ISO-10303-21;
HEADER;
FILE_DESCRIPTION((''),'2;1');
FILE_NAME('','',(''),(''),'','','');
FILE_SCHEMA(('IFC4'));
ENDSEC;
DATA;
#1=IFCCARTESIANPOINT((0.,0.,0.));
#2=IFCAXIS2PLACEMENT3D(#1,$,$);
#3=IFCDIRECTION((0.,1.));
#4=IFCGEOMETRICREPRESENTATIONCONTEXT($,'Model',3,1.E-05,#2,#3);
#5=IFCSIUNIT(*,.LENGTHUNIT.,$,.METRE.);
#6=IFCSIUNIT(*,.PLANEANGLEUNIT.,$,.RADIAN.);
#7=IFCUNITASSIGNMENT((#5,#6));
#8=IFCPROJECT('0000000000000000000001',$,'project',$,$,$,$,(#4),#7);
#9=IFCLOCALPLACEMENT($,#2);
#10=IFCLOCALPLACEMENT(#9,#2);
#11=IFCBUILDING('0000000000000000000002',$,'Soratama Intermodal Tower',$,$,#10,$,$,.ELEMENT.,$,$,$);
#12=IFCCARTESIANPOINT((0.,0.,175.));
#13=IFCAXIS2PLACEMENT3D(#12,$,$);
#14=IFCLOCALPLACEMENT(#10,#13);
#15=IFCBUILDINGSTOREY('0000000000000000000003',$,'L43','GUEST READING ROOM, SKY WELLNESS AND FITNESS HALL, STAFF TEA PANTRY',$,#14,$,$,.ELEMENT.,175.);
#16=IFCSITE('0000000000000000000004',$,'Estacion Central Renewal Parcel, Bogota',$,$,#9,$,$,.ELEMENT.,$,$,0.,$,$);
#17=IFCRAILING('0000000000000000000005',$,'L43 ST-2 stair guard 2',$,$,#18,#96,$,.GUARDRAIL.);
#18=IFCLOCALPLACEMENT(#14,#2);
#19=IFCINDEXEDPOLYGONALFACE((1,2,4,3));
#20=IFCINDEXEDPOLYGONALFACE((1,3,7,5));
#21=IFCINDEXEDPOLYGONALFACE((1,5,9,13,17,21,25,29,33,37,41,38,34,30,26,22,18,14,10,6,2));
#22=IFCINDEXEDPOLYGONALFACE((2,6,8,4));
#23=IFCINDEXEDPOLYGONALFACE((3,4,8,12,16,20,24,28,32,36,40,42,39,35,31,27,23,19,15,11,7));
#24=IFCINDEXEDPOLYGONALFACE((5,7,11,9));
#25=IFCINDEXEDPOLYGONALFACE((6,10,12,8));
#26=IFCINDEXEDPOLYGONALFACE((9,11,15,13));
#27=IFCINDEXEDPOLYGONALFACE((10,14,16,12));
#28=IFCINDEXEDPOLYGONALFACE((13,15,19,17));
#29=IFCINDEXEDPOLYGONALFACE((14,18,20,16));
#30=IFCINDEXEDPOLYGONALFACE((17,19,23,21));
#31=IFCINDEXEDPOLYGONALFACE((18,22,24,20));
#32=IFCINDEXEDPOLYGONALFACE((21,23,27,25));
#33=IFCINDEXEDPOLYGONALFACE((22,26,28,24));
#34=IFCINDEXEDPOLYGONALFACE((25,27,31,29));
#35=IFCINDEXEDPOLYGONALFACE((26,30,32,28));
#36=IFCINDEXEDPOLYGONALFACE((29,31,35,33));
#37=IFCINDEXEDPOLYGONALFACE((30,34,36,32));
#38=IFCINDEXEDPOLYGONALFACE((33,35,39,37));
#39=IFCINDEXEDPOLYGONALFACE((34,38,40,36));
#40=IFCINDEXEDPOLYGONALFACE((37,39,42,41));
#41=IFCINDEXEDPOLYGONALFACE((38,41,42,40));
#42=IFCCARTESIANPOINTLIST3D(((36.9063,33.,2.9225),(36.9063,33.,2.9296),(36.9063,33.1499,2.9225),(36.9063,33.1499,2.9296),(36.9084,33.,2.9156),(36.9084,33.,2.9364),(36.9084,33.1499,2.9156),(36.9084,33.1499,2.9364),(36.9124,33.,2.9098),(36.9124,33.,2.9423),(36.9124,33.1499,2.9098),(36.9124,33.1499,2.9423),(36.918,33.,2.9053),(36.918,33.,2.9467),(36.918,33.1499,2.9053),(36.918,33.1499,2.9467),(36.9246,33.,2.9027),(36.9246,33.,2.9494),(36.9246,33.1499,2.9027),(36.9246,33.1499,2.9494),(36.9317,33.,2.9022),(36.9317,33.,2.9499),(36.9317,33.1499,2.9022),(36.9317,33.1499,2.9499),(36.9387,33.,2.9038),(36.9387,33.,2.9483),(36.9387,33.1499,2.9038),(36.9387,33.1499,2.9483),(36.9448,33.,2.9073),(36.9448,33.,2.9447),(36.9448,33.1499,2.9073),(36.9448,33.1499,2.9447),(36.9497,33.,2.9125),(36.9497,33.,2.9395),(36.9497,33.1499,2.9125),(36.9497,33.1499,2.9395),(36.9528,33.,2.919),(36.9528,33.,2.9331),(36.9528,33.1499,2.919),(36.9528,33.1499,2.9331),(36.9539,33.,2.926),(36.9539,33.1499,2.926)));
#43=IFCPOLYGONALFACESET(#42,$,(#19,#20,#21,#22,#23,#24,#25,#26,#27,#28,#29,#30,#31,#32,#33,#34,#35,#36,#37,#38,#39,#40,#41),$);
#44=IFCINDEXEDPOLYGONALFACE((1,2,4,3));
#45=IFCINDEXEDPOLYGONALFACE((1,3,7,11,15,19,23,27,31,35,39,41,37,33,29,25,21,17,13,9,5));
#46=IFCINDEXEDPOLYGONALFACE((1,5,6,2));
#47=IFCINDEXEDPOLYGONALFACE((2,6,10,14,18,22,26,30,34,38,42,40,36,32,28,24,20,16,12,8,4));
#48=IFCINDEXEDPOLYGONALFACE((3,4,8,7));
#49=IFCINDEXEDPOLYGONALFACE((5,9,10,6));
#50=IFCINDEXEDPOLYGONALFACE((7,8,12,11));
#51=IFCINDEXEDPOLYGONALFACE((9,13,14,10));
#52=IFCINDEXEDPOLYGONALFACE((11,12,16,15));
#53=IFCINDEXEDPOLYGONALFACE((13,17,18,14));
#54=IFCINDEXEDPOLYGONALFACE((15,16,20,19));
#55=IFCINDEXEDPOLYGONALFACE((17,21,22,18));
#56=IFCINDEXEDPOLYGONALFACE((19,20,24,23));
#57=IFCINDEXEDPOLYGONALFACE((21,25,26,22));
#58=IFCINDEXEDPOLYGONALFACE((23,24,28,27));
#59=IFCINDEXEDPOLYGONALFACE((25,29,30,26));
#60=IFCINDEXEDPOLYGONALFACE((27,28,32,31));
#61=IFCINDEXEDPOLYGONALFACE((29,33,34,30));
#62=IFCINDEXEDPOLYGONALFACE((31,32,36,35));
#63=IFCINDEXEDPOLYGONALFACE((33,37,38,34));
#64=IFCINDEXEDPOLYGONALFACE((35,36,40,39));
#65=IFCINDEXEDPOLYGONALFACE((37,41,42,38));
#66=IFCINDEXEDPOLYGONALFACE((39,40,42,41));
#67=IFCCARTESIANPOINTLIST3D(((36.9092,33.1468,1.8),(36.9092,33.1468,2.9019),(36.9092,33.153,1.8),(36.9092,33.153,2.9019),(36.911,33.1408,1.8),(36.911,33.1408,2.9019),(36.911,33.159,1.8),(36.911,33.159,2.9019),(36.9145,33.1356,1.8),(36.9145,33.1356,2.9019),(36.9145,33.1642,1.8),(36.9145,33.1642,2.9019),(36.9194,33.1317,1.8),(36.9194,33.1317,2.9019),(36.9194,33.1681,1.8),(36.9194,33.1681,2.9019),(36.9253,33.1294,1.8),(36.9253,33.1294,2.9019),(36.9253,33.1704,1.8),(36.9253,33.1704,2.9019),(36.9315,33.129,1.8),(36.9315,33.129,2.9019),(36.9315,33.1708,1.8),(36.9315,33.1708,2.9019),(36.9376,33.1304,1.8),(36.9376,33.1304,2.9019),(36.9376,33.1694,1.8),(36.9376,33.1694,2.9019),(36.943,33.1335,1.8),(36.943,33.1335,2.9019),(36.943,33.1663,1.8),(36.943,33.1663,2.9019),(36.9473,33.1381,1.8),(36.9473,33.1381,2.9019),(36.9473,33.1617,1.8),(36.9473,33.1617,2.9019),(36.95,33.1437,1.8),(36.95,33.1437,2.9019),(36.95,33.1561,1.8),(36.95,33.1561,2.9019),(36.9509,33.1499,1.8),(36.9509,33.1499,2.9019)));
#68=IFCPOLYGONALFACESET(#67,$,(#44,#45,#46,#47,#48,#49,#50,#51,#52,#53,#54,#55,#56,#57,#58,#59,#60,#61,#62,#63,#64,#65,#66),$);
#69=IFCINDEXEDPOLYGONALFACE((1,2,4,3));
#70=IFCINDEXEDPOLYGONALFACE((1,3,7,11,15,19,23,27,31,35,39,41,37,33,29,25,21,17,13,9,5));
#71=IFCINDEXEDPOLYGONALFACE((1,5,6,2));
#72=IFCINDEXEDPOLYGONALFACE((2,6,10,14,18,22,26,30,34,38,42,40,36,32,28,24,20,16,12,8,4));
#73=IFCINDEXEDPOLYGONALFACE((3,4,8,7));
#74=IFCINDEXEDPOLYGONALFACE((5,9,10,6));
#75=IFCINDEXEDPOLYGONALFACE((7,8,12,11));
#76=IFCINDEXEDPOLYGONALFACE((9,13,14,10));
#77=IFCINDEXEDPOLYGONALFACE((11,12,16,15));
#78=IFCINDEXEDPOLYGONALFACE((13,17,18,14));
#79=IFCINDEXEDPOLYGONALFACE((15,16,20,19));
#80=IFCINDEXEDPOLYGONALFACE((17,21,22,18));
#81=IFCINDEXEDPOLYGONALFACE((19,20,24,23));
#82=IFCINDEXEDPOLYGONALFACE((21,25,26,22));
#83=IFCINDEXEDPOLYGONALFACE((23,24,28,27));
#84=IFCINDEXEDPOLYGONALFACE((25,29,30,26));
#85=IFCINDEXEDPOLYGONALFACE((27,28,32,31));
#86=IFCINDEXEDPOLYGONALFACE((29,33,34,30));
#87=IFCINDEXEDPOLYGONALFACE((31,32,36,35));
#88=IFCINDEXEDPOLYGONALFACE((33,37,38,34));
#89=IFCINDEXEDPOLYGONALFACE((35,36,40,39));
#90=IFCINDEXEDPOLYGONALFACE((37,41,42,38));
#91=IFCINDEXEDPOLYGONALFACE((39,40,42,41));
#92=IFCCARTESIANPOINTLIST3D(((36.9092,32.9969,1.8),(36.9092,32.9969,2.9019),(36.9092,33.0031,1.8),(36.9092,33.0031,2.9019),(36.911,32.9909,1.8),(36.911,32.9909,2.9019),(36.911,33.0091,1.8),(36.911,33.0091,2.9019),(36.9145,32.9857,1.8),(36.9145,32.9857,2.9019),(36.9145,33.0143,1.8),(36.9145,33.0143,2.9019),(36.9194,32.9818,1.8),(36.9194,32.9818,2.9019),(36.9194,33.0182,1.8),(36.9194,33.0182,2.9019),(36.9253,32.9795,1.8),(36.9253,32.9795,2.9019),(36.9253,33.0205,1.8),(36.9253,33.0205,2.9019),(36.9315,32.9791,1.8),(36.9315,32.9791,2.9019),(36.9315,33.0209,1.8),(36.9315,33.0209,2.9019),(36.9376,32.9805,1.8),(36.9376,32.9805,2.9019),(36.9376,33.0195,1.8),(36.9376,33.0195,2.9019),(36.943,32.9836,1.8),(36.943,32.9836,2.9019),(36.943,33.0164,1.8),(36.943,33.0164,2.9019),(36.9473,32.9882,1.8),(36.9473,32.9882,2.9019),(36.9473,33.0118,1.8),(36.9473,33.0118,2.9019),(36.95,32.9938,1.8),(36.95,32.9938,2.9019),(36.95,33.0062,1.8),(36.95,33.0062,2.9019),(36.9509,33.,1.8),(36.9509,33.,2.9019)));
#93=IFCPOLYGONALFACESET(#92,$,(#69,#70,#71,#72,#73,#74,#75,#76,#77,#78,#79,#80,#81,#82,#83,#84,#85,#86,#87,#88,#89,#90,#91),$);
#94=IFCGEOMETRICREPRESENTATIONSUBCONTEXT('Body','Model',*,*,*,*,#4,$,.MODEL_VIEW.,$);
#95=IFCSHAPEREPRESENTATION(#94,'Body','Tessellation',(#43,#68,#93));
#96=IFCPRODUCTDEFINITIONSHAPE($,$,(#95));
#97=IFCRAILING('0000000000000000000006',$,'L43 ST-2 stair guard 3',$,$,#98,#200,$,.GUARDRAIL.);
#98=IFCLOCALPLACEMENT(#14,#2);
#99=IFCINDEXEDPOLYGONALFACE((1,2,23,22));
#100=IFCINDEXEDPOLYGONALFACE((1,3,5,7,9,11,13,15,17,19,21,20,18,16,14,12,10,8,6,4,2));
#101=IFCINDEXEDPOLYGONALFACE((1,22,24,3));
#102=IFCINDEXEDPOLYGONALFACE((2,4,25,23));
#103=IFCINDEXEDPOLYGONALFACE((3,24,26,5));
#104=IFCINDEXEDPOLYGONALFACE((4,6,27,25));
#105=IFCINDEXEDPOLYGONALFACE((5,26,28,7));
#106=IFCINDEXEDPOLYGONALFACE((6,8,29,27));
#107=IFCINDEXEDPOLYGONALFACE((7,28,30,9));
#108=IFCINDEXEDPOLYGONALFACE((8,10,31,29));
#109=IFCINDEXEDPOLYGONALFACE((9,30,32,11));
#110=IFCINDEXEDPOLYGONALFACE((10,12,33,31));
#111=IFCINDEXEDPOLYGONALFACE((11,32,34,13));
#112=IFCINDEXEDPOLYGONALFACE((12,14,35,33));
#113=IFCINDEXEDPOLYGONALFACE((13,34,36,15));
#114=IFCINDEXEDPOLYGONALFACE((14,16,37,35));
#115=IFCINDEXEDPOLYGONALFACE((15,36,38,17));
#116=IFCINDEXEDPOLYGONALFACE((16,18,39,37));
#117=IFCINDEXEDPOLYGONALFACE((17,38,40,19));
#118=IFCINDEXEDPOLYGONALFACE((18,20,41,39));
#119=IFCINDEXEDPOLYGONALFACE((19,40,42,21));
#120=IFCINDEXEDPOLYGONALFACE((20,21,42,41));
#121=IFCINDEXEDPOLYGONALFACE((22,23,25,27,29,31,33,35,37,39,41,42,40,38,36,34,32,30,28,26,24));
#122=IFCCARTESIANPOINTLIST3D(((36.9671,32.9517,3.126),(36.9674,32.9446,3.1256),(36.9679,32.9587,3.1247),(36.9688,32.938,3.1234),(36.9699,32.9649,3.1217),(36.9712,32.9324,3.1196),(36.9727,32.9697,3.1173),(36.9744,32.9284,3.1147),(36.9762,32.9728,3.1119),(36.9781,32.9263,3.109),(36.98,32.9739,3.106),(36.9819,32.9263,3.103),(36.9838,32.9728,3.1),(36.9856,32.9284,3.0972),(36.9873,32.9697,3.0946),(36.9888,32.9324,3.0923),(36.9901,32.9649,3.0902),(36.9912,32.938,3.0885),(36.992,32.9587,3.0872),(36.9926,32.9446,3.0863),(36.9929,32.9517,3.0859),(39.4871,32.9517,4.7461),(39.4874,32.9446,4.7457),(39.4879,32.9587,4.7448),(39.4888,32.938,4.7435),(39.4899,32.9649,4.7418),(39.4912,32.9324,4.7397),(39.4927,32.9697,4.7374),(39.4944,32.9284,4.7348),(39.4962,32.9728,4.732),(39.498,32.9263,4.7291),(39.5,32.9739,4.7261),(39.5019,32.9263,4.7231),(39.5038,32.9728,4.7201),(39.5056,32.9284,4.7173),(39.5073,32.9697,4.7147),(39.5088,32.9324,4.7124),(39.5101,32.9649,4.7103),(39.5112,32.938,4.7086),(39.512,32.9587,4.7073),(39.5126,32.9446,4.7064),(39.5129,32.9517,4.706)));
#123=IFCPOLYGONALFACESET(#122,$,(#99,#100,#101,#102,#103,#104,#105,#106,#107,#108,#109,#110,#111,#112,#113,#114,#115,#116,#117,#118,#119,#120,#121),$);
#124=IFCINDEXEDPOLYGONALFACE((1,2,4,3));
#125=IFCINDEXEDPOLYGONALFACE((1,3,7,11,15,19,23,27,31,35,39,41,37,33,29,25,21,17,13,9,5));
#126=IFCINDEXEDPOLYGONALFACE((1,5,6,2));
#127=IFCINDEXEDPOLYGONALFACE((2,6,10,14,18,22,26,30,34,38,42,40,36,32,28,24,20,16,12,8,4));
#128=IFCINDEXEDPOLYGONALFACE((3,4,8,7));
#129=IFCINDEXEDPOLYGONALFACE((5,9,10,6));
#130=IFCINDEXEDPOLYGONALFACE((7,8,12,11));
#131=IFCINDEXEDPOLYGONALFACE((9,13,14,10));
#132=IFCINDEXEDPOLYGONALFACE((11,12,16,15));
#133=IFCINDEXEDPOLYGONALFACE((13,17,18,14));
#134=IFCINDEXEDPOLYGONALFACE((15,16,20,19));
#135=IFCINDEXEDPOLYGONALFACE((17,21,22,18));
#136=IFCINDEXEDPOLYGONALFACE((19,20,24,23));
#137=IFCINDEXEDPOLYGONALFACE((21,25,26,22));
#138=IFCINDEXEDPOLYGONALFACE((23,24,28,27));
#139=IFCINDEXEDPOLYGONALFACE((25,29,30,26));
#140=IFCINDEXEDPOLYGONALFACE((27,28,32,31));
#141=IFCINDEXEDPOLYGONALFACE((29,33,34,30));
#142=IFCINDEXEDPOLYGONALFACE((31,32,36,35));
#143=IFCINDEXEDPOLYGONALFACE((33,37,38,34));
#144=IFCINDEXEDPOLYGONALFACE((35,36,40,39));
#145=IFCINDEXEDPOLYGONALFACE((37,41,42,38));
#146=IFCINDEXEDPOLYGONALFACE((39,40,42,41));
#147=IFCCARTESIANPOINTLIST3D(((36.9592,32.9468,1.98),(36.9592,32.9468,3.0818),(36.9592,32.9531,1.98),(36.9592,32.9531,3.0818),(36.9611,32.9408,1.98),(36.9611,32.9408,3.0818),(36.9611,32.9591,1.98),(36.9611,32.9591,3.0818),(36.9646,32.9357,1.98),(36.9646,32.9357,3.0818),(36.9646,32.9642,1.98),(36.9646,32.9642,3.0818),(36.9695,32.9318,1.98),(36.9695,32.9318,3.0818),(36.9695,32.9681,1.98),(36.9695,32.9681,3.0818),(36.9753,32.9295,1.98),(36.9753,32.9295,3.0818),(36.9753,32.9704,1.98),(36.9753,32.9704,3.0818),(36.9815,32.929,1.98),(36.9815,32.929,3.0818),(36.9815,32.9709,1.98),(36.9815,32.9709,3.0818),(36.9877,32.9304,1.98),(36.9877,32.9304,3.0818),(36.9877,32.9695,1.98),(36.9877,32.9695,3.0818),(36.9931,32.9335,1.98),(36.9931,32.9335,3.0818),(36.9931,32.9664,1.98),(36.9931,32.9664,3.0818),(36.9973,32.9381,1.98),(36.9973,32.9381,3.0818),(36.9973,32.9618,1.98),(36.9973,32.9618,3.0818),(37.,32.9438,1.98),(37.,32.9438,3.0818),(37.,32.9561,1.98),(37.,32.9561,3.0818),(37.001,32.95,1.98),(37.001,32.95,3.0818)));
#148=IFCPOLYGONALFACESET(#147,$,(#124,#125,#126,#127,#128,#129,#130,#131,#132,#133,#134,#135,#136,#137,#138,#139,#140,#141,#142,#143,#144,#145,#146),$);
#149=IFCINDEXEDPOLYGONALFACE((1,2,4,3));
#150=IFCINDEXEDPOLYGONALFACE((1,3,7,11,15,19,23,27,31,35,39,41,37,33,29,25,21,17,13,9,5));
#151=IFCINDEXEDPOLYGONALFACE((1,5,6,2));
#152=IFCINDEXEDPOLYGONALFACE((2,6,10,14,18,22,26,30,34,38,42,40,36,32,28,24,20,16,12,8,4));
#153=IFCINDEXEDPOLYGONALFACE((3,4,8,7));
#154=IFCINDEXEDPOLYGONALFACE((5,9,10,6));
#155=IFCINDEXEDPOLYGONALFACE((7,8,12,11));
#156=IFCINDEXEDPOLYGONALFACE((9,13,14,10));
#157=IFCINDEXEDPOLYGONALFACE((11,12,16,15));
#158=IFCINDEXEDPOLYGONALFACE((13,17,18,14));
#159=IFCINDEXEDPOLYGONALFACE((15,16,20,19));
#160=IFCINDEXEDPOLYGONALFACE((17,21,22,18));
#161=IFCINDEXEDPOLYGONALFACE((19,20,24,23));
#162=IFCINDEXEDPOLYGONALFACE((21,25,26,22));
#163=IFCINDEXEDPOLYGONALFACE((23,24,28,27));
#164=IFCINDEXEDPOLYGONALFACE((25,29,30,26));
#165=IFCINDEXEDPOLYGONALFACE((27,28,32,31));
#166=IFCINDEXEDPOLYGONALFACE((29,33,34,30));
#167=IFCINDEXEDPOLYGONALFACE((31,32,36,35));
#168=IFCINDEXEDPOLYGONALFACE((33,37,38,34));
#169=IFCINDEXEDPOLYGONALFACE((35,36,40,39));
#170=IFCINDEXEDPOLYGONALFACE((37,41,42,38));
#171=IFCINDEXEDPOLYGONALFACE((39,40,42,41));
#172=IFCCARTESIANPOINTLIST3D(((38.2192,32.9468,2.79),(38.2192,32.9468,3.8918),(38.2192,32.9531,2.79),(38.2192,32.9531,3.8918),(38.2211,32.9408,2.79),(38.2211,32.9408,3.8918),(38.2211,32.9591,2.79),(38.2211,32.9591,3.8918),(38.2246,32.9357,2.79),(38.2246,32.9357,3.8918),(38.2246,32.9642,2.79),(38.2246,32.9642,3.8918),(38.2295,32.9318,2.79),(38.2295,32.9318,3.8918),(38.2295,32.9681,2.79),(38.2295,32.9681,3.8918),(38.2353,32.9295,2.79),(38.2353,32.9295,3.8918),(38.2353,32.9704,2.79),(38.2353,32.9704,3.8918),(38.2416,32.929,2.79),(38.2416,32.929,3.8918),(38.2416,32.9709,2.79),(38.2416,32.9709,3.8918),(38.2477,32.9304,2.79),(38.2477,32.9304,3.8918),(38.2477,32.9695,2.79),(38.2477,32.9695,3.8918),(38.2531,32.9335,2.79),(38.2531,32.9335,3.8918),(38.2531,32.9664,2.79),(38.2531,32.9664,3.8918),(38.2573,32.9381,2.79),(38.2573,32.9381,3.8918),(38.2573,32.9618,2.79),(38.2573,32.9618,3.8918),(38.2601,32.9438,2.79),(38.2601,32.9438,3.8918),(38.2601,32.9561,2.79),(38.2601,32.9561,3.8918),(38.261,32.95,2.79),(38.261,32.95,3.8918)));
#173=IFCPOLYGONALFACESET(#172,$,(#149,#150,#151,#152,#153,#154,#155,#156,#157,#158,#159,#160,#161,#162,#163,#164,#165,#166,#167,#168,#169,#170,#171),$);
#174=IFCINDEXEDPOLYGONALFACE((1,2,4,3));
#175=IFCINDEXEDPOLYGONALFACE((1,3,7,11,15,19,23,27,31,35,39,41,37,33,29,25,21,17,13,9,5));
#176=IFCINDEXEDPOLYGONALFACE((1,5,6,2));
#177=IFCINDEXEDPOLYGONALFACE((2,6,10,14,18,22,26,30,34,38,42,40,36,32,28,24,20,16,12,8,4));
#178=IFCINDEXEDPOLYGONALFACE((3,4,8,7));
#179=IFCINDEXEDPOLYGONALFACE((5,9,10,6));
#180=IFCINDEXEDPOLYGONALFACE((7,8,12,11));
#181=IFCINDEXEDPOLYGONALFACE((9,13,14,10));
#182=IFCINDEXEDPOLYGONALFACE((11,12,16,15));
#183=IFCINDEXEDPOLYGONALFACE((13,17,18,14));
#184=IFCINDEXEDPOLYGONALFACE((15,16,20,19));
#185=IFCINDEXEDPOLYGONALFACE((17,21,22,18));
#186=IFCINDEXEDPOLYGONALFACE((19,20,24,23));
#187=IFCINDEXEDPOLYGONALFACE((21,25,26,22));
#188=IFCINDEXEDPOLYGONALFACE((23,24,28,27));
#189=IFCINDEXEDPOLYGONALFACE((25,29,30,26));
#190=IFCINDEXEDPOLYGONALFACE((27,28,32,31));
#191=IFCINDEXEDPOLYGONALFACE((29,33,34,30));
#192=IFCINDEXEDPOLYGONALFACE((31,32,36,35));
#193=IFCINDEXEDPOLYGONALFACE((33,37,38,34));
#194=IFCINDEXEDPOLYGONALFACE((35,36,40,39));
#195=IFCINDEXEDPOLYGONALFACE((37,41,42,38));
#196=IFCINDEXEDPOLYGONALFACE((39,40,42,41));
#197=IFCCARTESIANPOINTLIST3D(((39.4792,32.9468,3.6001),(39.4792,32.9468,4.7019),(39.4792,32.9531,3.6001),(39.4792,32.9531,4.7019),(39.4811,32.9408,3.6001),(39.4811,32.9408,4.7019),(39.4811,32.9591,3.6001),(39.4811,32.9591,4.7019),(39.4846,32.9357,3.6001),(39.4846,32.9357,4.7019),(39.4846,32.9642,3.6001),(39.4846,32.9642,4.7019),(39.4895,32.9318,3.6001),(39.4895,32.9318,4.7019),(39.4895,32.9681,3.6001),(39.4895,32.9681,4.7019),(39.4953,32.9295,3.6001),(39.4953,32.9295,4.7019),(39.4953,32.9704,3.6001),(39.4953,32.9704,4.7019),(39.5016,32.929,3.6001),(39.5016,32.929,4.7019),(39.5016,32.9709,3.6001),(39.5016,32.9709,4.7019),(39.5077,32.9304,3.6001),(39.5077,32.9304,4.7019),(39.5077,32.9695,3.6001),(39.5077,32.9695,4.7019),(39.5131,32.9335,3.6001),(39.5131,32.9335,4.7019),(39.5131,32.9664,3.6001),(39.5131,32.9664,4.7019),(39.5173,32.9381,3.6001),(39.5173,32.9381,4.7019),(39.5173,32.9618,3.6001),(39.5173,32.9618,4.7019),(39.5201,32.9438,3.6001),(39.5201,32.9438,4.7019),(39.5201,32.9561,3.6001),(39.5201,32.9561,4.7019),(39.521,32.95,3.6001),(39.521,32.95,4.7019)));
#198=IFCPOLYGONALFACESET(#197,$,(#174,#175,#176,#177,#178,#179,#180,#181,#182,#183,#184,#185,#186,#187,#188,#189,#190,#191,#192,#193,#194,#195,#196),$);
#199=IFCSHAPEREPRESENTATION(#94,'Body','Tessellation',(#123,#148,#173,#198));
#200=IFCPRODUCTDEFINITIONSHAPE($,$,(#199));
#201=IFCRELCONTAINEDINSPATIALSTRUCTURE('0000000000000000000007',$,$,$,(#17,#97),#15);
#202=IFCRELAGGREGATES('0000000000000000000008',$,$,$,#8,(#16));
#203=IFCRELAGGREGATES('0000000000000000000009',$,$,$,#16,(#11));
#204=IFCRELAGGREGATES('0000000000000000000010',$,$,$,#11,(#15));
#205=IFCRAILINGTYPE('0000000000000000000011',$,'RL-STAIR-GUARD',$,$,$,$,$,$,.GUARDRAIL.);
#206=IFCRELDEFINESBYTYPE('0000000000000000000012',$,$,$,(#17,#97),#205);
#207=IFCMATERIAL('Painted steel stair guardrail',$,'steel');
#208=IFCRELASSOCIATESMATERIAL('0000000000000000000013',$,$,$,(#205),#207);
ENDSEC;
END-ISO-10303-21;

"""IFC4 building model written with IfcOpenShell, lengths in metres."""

from ifc_helpers import new_model, si_unit, direction, frame, origin, origin_2d, place, context, subcontext, project, spatial, circle, extrude, material, type_object, element, save


model = new_model("IFC4")

# Units and contexts
model_context = context("Model", 3, precision=1e-05, world=origin(), true_north=direction((0.0, 1.0)))
body_context = subcontext(model_context, "Body", "Model", "MODEL_VIEW")
ifc_project = project(units=[si_unit("LENGTHUNIT", "METRE"), si_unit("PLANEANGLEUNIT", "RADIAN")], contexts=[model_context])

# Site, building, storey
site_placement = place(None, origin())
site = spatial("IfcSite", under=ifc_project, at=site_placement, Name="Estacion Central Renewal Parcel, Bogota", CompositionType="ELEMENT", RefElevation=0.0)
building_placement = place(site_placement, origin())
building = spatial("IfcBuilding", under=site, at=building_placement, Name="Soratama Intermodal Tower", CompositionType="ELEMENT")
storey_placement = place(building_placement, frame((0.0, 0.0, 175.0)))
storey = spatial("IfcBuildingStorey", under=building, at=storey_placement, Name="L43", Description="GUEST READING ROOM, SKY WELLNESS AND FITNESS HALL, STAFF TEA PANTRY", CompositionType="ELEMENT", Elevation=175.0)

# Railings
ifc_material_1 = material(Name="Painted steel stair guardrail", Category="steel")
railing_type_1 = type_object("IfcRailingType", Name="RL-STAIR-GUARD", PredefinedType="GUARDRAIL", material=ifc_material_1)
railing_1_placement = place(storey_placement, frame((36.9299, 33.1499, 1.8)))
element("IfcRailing", 1, at=railing_1_placement, inside=storey, type_object=railing_type_1, Name="L43 ST-2 stair guard 2", PredefinedType="GUARDRAIL", context=body_context, shape_type="SweptSolid", body=[
    extrude(circle(Radius=0.0239, at=origin_2d()), frame((0.0, 0.0, 1.126), z_axis=(0.0, -1.0, 0.0), x_axis=(1.0, 0.0, 0.0)), (0.0, 0.0, 1.0), 0.1499),
    extrude(circle(Radius=0.021, at=origin_2d()), origin(), (0.0, 0.0, 1.0), 1.1018),
    extrude(circle(Radius=0.021, at=origin_2d()), frame((0.0, -0.1499, 0.0)), (0.0, 0.0, 1.0), 1.1018),
])
railing_2_placement = place(storey_placement, frame((36.98, 32.95, 1.98)))
element("IfcRailing", 2, at=railing_2_placement, inside=storey, type_object=railing_type_1, Name="L43 ST-2 stair guard 3", PredefinedType="GUARDRAIL", context=body_context, shape_type="SweptSolid", body=[
    extrude(circle(Radius=0.0239, at=origin_2d()), frame((0.0, 0.0, 1.126), z_axis=(0.841163, 0.0, 0.540782), x_axis=(0.0, 1.0, 0.0)), (0.0, 0.0, 1.0), 2.9958),
    extrude(circle(Radius=0.021, at=origin_2d()), origin(), (0.0, 0.0, 1.0), 1.1018),
    extrude(circle(Radius=0.021, at=origin_2d()), frame((1.26, 0.0, 0.8101)), (0.0, 0.0, 1.0), 1.1018),
    extrude(circle(Radius=0.021, at=origin_2d()), frame((2.52, 0.0, 1.6201)), (0.0, 0.0, 1.0), 1.1018),
])

save(model, "model.ifc")
